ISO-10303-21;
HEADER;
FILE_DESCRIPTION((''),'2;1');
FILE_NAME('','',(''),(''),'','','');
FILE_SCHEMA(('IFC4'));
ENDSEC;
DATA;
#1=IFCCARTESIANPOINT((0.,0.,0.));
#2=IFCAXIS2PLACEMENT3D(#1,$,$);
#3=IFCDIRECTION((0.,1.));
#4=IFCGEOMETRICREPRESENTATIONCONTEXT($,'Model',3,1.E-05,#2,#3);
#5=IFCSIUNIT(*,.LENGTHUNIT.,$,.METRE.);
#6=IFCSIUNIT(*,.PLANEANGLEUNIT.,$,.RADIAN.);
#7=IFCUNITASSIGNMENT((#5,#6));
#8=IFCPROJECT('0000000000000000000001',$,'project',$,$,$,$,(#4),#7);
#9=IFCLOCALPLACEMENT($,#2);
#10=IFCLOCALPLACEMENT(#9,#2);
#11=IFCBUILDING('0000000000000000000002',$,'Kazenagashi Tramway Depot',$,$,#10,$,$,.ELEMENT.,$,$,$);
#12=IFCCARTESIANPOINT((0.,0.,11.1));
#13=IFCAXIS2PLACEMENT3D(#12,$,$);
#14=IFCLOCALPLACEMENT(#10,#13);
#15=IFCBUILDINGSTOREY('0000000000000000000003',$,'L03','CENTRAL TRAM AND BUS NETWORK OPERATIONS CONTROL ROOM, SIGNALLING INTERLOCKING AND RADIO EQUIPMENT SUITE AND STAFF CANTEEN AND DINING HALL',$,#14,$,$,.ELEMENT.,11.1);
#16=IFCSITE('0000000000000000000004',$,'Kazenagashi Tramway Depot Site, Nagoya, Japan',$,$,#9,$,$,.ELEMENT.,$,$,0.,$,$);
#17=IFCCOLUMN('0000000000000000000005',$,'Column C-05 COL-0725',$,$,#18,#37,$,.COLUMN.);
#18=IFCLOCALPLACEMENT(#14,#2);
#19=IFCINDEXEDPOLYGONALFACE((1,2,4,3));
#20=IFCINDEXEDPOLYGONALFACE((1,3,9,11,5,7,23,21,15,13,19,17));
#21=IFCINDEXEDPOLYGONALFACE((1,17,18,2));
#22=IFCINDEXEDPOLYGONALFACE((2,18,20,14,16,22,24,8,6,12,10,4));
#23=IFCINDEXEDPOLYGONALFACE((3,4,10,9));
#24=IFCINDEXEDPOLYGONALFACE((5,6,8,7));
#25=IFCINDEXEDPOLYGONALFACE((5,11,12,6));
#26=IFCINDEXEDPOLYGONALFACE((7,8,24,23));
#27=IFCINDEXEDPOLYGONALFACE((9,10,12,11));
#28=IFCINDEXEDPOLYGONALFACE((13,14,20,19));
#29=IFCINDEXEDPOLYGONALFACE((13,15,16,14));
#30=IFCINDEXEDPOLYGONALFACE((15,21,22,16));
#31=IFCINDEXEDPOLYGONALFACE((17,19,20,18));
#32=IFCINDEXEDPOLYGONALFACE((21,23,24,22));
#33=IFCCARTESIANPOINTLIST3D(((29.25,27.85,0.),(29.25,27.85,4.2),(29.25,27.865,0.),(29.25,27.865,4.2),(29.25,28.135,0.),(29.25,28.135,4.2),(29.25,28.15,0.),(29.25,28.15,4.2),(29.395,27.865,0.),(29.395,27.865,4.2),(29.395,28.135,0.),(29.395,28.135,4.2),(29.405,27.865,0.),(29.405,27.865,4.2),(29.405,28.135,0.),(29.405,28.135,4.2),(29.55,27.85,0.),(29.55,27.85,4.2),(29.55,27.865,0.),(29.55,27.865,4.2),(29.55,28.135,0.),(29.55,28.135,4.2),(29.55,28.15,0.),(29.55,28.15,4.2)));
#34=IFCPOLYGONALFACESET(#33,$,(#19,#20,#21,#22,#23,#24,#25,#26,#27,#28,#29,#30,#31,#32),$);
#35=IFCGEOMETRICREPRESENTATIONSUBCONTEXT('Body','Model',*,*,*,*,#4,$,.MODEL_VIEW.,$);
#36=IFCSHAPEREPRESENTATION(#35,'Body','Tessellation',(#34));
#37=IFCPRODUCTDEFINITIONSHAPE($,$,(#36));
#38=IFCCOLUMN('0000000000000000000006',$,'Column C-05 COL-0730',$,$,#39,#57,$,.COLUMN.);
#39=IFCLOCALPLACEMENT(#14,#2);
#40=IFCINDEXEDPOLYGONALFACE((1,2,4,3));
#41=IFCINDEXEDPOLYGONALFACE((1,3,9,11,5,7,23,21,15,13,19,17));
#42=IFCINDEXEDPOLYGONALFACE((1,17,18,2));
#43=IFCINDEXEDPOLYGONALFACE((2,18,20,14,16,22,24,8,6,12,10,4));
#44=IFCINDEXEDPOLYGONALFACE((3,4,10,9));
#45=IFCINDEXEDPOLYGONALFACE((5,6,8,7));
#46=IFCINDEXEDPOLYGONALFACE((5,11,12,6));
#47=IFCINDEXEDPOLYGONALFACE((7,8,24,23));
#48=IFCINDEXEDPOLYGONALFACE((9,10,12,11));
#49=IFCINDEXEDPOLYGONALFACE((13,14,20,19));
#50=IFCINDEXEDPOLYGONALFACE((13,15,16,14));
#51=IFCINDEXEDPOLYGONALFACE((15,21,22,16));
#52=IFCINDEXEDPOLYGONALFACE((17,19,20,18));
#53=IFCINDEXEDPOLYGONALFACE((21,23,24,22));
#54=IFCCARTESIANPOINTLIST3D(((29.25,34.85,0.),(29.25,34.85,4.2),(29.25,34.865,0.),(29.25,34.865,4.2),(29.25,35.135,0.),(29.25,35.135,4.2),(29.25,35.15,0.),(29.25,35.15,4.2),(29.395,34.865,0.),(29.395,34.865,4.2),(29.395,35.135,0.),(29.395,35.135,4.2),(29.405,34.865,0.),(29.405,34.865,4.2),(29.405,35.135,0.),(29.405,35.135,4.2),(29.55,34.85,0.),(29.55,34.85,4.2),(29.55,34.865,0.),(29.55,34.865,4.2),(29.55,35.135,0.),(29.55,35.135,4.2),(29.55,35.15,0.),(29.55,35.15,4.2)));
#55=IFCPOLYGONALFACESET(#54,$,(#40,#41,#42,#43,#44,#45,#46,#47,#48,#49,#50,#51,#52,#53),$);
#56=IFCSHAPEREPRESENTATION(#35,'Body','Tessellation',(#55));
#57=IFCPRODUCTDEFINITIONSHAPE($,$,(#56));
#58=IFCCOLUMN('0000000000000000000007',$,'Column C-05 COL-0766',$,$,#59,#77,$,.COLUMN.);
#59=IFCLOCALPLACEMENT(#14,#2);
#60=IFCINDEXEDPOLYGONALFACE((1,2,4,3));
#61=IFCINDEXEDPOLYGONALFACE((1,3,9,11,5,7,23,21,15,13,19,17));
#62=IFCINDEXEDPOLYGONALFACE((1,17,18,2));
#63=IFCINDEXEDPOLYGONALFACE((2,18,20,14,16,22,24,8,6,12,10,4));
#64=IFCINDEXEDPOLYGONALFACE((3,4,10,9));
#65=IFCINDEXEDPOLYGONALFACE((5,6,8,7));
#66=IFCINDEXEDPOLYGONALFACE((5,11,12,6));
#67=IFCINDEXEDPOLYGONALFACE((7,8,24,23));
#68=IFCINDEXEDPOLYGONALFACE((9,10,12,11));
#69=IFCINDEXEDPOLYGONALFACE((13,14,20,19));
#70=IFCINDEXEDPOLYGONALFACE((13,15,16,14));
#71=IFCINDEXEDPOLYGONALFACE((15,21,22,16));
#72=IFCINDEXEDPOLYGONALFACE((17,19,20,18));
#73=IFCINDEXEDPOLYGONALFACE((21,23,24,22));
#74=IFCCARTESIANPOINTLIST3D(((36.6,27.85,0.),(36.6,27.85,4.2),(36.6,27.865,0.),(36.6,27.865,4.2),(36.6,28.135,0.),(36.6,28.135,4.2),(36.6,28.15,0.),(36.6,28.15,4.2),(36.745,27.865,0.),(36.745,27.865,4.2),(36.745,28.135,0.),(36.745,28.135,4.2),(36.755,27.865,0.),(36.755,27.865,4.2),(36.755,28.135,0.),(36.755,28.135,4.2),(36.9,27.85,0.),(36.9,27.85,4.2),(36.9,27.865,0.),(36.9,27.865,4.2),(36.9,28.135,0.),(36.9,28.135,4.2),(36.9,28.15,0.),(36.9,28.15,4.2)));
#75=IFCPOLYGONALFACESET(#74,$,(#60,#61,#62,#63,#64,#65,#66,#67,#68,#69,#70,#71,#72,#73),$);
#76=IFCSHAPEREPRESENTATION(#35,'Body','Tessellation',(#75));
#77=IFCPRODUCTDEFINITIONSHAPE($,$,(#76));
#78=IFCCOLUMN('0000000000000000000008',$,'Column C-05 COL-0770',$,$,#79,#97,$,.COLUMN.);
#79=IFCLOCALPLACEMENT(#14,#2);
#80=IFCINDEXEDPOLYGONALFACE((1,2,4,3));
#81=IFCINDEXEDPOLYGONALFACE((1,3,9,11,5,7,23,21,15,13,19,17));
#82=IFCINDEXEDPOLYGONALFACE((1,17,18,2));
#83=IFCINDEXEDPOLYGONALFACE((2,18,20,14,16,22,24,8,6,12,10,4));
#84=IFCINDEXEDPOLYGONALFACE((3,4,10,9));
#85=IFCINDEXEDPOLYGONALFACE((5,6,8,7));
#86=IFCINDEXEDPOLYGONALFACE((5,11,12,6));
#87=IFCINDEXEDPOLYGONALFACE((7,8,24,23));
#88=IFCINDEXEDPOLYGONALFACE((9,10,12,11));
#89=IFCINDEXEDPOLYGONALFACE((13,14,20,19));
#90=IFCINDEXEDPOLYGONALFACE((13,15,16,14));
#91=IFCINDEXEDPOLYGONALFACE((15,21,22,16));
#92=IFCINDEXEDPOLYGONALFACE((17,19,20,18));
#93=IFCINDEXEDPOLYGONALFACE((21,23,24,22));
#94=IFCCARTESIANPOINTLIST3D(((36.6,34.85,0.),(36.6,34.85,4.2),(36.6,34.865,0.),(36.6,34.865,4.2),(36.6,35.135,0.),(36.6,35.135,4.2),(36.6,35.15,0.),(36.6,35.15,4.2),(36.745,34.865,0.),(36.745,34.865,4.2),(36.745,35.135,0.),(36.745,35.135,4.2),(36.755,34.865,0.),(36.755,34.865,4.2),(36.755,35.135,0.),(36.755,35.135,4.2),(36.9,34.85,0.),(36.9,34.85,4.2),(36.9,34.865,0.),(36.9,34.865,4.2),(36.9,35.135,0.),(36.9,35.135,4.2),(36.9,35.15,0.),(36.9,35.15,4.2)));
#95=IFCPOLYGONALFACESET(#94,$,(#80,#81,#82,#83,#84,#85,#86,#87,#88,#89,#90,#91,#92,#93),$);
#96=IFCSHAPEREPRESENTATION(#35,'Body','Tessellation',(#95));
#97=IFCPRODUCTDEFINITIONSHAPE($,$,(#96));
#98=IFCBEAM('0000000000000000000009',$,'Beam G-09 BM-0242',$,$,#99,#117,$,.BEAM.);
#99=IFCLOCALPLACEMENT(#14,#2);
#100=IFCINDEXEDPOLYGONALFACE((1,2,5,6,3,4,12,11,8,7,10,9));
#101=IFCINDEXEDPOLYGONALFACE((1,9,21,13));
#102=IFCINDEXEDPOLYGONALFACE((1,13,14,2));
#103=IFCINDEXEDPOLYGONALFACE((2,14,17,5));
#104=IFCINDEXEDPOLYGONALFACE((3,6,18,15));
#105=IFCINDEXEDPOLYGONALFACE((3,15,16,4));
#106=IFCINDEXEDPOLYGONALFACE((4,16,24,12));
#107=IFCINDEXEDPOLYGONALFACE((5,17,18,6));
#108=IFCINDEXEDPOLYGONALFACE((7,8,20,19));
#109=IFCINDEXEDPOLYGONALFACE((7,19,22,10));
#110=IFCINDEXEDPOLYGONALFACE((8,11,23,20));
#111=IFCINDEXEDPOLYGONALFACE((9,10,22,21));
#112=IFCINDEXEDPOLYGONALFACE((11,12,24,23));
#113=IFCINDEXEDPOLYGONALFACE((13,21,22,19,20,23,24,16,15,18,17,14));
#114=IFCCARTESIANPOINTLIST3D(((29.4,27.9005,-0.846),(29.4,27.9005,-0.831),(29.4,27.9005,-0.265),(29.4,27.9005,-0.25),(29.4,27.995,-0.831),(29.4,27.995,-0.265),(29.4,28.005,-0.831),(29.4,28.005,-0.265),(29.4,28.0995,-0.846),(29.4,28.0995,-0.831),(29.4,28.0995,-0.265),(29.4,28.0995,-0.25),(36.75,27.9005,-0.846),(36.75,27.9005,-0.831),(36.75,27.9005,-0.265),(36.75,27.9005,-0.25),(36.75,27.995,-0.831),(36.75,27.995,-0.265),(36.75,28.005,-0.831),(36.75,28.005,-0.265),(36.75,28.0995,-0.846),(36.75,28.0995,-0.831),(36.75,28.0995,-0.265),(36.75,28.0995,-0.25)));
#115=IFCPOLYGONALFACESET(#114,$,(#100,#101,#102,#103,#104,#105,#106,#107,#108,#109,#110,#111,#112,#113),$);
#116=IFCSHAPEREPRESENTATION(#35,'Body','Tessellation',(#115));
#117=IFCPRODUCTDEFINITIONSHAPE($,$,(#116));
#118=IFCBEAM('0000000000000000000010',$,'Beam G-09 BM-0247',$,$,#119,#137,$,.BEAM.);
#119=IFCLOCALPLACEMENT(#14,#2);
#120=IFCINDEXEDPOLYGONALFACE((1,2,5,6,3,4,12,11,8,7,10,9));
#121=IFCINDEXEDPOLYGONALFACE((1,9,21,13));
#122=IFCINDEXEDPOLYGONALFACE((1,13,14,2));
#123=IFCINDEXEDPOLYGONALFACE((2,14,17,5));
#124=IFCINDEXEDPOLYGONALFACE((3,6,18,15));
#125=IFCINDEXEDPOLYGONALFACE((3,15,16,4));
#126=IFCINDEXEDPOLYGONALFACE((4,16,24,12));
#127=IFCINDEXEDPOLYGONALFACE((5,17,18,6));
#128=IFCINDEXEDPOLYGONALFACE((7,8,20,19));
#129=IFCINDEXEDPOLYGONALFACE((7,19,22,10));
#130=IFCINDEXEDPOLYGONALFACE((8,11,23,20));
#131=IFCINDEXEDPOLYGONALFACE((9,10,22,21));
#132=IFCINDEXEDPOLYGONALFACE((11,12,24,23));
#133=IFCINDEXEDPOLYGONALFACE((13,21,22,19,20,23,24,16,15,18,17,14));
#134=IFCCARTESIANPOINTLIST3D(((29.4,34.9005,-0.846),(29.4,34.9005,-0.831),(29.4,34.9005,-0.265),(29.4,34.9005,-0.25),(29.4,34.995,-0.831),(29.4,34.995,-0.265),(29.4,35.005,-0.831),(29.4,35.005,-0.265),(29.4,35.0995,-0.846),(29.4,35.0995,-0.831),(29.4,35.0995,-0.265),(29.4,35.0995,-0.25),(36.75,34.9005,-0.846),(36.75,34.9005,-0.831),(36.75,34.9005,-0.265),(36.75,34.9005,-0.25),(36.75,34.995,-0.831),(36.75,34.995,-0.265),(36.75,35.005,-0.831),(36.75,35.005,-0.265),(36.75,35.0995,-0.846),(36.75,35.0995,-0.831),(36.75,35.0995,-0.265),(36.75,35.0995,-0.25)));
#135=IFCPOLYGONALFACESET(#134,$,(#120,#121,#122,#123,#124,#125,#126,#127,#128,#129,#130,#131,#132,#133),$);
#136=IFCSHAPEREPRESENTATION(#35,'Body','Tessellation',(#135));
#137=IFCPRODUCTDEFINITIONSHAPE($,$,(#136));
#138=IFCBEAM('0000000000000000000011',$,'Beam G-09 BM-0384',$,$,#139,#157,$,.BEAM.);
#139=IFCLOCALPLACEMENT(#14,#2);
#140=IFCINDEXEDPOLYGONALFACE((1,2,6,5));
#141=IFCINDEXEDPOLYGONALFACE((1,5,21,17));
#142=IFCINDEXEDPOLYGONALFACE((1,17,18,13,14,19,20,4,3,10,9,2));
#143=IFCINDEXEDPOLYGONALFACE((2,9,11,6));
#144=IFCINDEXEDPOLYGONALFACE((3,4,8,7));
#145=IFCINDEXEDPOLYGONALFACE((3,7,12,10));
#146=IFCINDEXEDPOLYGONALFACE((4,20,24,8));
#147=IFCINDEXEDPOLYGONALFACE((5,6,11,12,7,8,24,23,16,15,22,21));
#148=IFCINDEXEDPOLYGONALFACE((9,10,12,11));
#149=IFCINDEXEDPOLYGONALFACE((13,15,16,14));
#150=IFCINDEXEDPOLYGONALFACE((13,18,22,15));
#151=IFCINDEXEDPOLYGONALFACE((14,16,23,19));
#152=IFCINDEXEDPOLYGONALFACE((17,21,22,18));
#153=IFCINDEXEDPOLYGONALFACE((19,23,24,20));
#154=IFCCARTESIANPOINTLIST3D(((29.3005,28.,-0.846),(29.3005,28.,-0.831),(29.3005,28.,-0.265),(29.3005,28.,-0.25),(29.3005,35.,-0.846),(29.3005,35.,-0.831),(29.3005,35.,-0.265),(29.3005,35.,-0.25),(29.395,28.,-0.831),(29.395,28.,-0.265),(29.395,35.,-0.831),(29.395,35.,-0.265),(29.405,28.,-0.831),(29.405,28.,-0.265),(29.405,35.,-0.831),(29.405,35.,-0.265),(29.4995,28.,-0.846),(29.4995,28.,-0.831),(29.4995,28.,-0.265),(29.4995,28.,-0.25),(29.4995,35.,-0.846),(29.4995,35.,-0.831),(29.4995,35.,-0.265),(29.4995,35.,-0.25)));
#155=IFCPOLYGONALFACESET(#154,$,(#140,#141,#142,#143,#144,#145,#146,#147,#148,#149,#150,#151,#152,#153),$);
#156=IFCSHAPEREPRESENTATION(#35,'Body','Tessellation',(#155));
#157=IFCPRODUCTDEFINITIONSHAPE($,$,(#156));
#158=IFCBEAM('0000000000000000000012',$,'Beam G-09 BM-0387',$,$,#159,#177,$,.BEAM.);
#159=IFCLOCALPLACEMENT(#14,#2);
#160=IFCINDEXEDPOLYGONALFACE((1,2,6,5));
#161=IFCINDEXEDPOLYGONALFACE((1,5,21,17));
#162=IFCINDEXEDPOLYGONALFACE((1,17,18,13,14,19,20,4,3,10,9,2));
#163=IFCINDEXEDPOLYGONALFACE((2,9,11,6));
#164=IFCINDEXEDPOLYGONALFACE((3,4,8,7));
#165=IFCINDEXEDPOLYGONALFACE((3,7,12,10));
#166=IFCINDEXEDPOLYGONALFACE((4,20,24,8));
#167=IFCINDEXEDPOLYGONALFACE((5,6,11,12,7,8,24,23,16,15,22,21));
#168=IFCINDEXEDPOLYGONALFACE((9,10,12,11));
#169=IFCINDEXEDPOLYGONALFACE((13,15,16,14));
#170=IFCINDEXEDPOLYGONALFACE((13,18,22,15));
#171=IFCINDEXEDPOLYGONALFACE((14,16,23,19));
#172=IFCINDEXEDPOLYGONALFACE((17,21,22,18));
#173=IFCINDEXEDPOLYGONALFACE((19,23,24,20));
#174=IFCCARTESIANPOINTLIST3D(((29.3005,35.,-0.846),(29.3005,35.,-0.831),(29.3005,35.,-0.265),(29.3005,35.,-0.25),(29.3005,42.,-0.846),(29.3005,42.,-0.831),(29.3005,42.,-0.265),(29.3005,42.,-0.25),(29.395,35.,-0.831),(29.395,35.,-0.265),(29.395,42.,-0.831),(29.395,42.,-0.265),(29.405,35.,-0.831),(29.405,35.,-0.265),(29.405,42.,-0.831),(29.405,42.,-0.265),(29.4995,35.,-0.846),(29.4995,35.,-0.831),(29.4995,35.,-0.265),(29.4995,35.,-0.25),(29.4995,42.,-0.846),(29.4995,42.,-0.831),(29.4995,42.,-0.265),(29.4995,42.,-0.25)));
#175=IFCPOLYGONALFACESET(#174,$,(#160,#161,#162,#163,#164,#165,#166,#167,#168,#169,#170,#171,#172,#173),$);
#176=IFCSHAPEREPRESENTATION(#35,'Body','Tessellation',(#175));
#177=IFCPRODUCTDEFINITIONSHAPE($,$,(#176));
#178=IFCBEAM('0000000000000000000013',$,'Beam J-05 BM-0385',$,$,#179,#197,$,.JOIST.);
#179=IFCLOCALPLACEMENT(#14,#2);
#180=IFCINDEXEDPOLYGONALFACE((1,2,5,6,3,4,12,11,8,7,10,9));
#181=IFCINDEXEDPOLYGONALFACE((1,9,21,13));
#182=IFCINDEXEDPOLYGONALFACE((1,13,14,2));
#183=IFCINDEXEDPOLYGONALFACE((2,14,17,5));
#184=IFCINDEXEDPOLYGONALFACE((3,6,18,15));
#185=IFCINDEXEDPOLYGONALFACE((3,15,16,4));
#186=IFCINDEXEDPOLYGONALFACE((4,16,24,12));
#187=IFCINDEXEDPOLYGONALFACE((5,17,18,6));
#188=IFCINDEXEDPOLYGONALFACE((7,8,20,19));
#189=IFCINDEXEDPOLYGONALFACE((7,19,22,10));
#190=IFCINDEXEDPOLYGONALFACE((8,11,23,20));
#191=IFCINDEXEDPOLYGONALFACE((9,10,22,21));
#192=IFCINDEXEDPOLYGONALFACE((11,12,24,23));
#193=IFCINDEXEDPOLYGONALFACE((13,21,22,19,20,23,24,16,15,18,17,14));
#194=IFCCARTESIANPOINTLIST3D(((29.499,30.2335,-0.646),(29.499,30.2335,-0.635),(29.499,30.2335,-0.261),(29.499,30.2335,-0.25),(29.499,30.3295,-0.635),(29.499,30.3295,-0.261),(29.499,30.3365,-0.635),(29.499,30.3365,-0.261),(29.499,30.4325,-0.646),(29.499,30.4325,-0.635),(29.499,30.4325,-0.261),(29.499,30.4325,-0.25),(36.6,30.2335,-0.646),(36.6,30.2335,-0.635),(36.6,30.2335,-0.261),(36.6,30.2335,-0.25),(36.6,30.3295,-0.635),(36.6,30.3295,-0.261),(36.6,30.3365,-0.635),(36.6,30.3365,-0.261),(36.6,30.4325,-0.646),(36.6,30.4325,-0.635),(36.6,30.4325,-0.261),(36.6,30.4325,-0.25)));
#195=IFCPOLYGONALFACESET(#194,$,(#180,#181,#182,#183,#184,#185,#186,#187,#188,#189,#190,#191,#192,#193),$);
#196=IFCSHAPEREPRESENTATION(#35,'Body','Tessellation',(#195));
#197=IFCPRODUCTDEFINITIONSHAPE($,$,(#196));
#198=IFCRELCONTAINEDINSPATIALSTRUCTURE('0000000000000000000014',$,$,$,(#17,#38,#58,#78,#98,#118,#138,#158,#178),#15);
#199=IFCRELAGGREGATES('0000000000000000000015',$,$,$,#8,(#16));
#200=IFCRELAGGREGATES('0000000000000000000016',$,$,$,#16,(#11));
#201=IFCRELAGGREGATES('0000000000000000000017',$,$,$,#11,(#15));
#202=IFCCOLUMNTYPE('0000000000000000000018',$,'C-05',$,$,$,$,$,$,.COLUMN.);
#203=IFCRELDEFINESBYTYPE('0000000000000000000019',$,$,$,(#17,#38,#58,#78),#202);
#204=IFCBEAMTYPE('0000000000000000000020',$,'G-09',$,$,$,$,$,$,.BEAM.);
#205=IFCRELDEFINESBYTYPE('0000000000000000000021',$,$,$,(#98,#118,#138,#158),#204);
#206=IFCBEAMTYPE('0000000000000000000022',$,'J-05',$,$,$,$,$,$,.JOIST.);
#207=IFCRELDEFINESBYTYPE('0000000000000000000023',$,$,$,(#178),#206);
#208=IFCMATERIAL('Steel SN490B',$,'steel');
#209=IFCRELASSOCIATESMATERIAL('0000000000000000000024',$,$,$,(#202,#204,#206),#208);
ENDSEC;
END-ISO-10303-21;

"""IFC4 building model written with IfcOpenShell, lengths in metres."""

from ifc_helpers import new_model, si_unit, direction, frame, origin, origin_2d, place, context, subcontext, project, spatial, i_section, extrude, material, material_profile, profile_set, type_object, element, save


model = new_model("IFC4")

# Units and contexts
model_context = context("Model", 3, precision=1e-05, world=origin(), true_north=direction((0.0, 1.0)))
body_context = subcontext(model_context, "Body", "Model", "MODEL_VIEW")
ifc_project = project(units=[si_unit("LENGTHUNIT", "METRE"), si_unit("PLANEANGLEUNIT", "RADIAN")], contexts=[model_context])

# Site, building, storey
site_placement = place(None, origin())
site = spatial("IfcSite", under=ifc_project, at=site_placement, Name="Kazenagashi Tramway Depot Site, Nagoya, Japan", CompositionType="ELEMENT", RefElevation=0.0)
building_placement = place(site_placement, origin())
building = spatial("IfcBuilding", under=site, at=building_placement, Name="Kazenagashi Tramway Depot", CompositionType="ELEMENT")
storey_placement = place(building_placement, frame((0.0, 0.0, 11.1)))
storey = spatial("IfcBuildingStorey", under=building, at=storey_placement, Name="L03", Description="CENTRAL TRAM AND BUS NETWORK OPERATIONS CONTROL ROOM, SIGNALLING INTERLOCKING AND RADIO EQUIPMENT SUITE AND STAFF CANTEEN AND DINING HALL", CompositionType="ELEMENT", Elevation=11.1)

# Columns
ifc_material_1 = material(Name="Steel SN490B", Category="steel")
ifc_material_profile_1 = material_profile(ifc_material_1, i_section(OverallWidth=0.3, OverallDepth=0.3, WebThickness=0.01, FlangeThickness=0.015, at=origin_2d()), Name="H-300x300x10x15")
ifc_profile_set_1 = profile_set([ifc_material_profile_1], Name="Steel SN490B")
column_type = type_object("IfcColumnType", Name="C-05", PredefinedType="COLUMN", material=ifc_profile_set_1)
for number, where, z_axis, x_axis, name in (
    (1, (29.4, 28.0, 0.0), (0.0, 0.0, 1.0), (1.0, 0.0, 0.0), "Column C-05 COL-0725"),
    (2, (29.4, 35.0, 0.0), (0.0, 0.0, 1.0), (1.0, 0.0, 0.0), "Column C-05 COL-0730"),
    (3, (36.75, 28.0, 0.0), (0.0, 0.0, 1.0), (1.0, 0.0, 0.0), "Column C-05 COL-0766"),
    (4, (36.75, 35.0, 0.0), (0.0, 0.0, 1.0), (1.0, 0.0, 0.0), "Column C-05 COL-0770"),
):
    element("IfcColumn", number, at=place(storey_placement, frame(where, z_axis=z_axis, x_axis=x_axis)), inside=storey, type_object=column_type, Name=name, PredefinedType="COLUMN", context=body_context, shape_type="SweptSolid", body=[
        extrude(i_section(OverallWidth=0.3, OverallDepth=0.3, WebThickness=0.01, FlangeThickness=0.015, at=origin_2d()), origin(), (0.0, 0.0, 1.0), 4.2),
    ])

# Beams
ifc_material_profile_2 = material_profile(ifc_material_1, i_section(OverallWidth=0.199, OverallDepth=0.596, WebThickness=0.01, FlangeThickness=0.015, at=origin_2d()), Name="H-596x199x10x15")
ifc_profile_set_2 = profile_set([ifc_material_profile_2], Name="Steel SN490B")
beam_type_1 = type_object("IfcBeamType", Name="G-09", PredefinedType="BEAM", material=ifc_profile_set_2)
for number, where, z_axis, x_axis, name in (
    (5, (29.4, 28.0, -0.548), (1.0, 0.0, 0.0), (0.0, 1.0, 0.0), "Beam G-09 BM-0242"),
    (6, (29.4, 35.0, -0.548), (1.0, 0.0, 0.0), (0.0, 1.0, 0.0), "Beam G-09 BM-0247"),
):
    element("IfcBeam", number, at=place(storey_placement, frame(where, z_axis=z_axis, x_axis=x_axis)), inside=storey, type_object=beam_type_1, Name=name, PredefinedType="BEAM", context=body_context, shape_type="SweptSolid", body=[
        extrude(i_section(OverallWidth=0.199, OverallDepth=0.596, WebThickness=0.01, FlangeThickness=0.015, at=origin_2d()), origin(), (0.0, 0.0, 1.0), 7.35),
    ])
for number, where, z_axis, x_axis, name in (
    (7, (29.4, 28.0, -0.548), (0.0, 1.0, 0.0), (-1.0, 0.0, 0.0), "Beam G-09 BM-0384"),
    (8, (29.4, 35.0, -0.548), (0.0, 1.0, 0.0), (-1.0, 0.0, 0.0), "Beam G-09 BM-0387"),
):
    element("IfcBeam", number, at=place(storey_placement, frame(where, z_axis=z_axis, x_axis=x_axis)), inside=storey, type_object=beam_type_1, Name=name, PredefinedType="BEAM", context=body_context, shape_type="SweptSolid", body=[
        extrude(i_section(OverallWidth=0.199, OverallDepth=0.596, WebThickness=0.01, FlangeThickness=0.015, at=origin_2d()), origin(), (0.0, 0.0, 1.0), 7.0),
    ])
ifc_material_profile_3 = material_profile(ifc_material_1, i_section(OverallWidth=0.199, OverallDepth=0.396, WebThickness=0.007, FlangeThickness=0.011, at=origin_2d()), Name="H-396x199x7x11")
ifc_profile_set_3 = profile_set([ifc_material_profile_3], Name="Steel SN490B")
beam_type_2 = type_object("IfcBeamType", Name="J-05", PredefinedType="JOIST", material=ifc_profile_set_3)
for number, where, z_axis, x_axis, name in (
    (9, (29.499, 30.333, -0.448), (1.0, 0.0, 0.0), (0.0, 1.0, 0.0), "Beam J-05 BM-0385"),
):
    element("IfcBeam", number, at=place(storey_placement, frame(where, z_axis=z_axis, x_axis=x_axis)), inside=storey, type_object=beam_type_2, Name=name, PredefinedType="JOIST", context=body_context, shape_type="SweptSolid", body=[
        extrude(i_section(OverallWidth=0.199, OverallDepth=0.396, WebThickness=0.007, FlangeThickness=0.011, at=origin_2d()), origin(), (0.0, 0.0, 1.0), 7.101),
    ])

save(model, "model.ifc")
